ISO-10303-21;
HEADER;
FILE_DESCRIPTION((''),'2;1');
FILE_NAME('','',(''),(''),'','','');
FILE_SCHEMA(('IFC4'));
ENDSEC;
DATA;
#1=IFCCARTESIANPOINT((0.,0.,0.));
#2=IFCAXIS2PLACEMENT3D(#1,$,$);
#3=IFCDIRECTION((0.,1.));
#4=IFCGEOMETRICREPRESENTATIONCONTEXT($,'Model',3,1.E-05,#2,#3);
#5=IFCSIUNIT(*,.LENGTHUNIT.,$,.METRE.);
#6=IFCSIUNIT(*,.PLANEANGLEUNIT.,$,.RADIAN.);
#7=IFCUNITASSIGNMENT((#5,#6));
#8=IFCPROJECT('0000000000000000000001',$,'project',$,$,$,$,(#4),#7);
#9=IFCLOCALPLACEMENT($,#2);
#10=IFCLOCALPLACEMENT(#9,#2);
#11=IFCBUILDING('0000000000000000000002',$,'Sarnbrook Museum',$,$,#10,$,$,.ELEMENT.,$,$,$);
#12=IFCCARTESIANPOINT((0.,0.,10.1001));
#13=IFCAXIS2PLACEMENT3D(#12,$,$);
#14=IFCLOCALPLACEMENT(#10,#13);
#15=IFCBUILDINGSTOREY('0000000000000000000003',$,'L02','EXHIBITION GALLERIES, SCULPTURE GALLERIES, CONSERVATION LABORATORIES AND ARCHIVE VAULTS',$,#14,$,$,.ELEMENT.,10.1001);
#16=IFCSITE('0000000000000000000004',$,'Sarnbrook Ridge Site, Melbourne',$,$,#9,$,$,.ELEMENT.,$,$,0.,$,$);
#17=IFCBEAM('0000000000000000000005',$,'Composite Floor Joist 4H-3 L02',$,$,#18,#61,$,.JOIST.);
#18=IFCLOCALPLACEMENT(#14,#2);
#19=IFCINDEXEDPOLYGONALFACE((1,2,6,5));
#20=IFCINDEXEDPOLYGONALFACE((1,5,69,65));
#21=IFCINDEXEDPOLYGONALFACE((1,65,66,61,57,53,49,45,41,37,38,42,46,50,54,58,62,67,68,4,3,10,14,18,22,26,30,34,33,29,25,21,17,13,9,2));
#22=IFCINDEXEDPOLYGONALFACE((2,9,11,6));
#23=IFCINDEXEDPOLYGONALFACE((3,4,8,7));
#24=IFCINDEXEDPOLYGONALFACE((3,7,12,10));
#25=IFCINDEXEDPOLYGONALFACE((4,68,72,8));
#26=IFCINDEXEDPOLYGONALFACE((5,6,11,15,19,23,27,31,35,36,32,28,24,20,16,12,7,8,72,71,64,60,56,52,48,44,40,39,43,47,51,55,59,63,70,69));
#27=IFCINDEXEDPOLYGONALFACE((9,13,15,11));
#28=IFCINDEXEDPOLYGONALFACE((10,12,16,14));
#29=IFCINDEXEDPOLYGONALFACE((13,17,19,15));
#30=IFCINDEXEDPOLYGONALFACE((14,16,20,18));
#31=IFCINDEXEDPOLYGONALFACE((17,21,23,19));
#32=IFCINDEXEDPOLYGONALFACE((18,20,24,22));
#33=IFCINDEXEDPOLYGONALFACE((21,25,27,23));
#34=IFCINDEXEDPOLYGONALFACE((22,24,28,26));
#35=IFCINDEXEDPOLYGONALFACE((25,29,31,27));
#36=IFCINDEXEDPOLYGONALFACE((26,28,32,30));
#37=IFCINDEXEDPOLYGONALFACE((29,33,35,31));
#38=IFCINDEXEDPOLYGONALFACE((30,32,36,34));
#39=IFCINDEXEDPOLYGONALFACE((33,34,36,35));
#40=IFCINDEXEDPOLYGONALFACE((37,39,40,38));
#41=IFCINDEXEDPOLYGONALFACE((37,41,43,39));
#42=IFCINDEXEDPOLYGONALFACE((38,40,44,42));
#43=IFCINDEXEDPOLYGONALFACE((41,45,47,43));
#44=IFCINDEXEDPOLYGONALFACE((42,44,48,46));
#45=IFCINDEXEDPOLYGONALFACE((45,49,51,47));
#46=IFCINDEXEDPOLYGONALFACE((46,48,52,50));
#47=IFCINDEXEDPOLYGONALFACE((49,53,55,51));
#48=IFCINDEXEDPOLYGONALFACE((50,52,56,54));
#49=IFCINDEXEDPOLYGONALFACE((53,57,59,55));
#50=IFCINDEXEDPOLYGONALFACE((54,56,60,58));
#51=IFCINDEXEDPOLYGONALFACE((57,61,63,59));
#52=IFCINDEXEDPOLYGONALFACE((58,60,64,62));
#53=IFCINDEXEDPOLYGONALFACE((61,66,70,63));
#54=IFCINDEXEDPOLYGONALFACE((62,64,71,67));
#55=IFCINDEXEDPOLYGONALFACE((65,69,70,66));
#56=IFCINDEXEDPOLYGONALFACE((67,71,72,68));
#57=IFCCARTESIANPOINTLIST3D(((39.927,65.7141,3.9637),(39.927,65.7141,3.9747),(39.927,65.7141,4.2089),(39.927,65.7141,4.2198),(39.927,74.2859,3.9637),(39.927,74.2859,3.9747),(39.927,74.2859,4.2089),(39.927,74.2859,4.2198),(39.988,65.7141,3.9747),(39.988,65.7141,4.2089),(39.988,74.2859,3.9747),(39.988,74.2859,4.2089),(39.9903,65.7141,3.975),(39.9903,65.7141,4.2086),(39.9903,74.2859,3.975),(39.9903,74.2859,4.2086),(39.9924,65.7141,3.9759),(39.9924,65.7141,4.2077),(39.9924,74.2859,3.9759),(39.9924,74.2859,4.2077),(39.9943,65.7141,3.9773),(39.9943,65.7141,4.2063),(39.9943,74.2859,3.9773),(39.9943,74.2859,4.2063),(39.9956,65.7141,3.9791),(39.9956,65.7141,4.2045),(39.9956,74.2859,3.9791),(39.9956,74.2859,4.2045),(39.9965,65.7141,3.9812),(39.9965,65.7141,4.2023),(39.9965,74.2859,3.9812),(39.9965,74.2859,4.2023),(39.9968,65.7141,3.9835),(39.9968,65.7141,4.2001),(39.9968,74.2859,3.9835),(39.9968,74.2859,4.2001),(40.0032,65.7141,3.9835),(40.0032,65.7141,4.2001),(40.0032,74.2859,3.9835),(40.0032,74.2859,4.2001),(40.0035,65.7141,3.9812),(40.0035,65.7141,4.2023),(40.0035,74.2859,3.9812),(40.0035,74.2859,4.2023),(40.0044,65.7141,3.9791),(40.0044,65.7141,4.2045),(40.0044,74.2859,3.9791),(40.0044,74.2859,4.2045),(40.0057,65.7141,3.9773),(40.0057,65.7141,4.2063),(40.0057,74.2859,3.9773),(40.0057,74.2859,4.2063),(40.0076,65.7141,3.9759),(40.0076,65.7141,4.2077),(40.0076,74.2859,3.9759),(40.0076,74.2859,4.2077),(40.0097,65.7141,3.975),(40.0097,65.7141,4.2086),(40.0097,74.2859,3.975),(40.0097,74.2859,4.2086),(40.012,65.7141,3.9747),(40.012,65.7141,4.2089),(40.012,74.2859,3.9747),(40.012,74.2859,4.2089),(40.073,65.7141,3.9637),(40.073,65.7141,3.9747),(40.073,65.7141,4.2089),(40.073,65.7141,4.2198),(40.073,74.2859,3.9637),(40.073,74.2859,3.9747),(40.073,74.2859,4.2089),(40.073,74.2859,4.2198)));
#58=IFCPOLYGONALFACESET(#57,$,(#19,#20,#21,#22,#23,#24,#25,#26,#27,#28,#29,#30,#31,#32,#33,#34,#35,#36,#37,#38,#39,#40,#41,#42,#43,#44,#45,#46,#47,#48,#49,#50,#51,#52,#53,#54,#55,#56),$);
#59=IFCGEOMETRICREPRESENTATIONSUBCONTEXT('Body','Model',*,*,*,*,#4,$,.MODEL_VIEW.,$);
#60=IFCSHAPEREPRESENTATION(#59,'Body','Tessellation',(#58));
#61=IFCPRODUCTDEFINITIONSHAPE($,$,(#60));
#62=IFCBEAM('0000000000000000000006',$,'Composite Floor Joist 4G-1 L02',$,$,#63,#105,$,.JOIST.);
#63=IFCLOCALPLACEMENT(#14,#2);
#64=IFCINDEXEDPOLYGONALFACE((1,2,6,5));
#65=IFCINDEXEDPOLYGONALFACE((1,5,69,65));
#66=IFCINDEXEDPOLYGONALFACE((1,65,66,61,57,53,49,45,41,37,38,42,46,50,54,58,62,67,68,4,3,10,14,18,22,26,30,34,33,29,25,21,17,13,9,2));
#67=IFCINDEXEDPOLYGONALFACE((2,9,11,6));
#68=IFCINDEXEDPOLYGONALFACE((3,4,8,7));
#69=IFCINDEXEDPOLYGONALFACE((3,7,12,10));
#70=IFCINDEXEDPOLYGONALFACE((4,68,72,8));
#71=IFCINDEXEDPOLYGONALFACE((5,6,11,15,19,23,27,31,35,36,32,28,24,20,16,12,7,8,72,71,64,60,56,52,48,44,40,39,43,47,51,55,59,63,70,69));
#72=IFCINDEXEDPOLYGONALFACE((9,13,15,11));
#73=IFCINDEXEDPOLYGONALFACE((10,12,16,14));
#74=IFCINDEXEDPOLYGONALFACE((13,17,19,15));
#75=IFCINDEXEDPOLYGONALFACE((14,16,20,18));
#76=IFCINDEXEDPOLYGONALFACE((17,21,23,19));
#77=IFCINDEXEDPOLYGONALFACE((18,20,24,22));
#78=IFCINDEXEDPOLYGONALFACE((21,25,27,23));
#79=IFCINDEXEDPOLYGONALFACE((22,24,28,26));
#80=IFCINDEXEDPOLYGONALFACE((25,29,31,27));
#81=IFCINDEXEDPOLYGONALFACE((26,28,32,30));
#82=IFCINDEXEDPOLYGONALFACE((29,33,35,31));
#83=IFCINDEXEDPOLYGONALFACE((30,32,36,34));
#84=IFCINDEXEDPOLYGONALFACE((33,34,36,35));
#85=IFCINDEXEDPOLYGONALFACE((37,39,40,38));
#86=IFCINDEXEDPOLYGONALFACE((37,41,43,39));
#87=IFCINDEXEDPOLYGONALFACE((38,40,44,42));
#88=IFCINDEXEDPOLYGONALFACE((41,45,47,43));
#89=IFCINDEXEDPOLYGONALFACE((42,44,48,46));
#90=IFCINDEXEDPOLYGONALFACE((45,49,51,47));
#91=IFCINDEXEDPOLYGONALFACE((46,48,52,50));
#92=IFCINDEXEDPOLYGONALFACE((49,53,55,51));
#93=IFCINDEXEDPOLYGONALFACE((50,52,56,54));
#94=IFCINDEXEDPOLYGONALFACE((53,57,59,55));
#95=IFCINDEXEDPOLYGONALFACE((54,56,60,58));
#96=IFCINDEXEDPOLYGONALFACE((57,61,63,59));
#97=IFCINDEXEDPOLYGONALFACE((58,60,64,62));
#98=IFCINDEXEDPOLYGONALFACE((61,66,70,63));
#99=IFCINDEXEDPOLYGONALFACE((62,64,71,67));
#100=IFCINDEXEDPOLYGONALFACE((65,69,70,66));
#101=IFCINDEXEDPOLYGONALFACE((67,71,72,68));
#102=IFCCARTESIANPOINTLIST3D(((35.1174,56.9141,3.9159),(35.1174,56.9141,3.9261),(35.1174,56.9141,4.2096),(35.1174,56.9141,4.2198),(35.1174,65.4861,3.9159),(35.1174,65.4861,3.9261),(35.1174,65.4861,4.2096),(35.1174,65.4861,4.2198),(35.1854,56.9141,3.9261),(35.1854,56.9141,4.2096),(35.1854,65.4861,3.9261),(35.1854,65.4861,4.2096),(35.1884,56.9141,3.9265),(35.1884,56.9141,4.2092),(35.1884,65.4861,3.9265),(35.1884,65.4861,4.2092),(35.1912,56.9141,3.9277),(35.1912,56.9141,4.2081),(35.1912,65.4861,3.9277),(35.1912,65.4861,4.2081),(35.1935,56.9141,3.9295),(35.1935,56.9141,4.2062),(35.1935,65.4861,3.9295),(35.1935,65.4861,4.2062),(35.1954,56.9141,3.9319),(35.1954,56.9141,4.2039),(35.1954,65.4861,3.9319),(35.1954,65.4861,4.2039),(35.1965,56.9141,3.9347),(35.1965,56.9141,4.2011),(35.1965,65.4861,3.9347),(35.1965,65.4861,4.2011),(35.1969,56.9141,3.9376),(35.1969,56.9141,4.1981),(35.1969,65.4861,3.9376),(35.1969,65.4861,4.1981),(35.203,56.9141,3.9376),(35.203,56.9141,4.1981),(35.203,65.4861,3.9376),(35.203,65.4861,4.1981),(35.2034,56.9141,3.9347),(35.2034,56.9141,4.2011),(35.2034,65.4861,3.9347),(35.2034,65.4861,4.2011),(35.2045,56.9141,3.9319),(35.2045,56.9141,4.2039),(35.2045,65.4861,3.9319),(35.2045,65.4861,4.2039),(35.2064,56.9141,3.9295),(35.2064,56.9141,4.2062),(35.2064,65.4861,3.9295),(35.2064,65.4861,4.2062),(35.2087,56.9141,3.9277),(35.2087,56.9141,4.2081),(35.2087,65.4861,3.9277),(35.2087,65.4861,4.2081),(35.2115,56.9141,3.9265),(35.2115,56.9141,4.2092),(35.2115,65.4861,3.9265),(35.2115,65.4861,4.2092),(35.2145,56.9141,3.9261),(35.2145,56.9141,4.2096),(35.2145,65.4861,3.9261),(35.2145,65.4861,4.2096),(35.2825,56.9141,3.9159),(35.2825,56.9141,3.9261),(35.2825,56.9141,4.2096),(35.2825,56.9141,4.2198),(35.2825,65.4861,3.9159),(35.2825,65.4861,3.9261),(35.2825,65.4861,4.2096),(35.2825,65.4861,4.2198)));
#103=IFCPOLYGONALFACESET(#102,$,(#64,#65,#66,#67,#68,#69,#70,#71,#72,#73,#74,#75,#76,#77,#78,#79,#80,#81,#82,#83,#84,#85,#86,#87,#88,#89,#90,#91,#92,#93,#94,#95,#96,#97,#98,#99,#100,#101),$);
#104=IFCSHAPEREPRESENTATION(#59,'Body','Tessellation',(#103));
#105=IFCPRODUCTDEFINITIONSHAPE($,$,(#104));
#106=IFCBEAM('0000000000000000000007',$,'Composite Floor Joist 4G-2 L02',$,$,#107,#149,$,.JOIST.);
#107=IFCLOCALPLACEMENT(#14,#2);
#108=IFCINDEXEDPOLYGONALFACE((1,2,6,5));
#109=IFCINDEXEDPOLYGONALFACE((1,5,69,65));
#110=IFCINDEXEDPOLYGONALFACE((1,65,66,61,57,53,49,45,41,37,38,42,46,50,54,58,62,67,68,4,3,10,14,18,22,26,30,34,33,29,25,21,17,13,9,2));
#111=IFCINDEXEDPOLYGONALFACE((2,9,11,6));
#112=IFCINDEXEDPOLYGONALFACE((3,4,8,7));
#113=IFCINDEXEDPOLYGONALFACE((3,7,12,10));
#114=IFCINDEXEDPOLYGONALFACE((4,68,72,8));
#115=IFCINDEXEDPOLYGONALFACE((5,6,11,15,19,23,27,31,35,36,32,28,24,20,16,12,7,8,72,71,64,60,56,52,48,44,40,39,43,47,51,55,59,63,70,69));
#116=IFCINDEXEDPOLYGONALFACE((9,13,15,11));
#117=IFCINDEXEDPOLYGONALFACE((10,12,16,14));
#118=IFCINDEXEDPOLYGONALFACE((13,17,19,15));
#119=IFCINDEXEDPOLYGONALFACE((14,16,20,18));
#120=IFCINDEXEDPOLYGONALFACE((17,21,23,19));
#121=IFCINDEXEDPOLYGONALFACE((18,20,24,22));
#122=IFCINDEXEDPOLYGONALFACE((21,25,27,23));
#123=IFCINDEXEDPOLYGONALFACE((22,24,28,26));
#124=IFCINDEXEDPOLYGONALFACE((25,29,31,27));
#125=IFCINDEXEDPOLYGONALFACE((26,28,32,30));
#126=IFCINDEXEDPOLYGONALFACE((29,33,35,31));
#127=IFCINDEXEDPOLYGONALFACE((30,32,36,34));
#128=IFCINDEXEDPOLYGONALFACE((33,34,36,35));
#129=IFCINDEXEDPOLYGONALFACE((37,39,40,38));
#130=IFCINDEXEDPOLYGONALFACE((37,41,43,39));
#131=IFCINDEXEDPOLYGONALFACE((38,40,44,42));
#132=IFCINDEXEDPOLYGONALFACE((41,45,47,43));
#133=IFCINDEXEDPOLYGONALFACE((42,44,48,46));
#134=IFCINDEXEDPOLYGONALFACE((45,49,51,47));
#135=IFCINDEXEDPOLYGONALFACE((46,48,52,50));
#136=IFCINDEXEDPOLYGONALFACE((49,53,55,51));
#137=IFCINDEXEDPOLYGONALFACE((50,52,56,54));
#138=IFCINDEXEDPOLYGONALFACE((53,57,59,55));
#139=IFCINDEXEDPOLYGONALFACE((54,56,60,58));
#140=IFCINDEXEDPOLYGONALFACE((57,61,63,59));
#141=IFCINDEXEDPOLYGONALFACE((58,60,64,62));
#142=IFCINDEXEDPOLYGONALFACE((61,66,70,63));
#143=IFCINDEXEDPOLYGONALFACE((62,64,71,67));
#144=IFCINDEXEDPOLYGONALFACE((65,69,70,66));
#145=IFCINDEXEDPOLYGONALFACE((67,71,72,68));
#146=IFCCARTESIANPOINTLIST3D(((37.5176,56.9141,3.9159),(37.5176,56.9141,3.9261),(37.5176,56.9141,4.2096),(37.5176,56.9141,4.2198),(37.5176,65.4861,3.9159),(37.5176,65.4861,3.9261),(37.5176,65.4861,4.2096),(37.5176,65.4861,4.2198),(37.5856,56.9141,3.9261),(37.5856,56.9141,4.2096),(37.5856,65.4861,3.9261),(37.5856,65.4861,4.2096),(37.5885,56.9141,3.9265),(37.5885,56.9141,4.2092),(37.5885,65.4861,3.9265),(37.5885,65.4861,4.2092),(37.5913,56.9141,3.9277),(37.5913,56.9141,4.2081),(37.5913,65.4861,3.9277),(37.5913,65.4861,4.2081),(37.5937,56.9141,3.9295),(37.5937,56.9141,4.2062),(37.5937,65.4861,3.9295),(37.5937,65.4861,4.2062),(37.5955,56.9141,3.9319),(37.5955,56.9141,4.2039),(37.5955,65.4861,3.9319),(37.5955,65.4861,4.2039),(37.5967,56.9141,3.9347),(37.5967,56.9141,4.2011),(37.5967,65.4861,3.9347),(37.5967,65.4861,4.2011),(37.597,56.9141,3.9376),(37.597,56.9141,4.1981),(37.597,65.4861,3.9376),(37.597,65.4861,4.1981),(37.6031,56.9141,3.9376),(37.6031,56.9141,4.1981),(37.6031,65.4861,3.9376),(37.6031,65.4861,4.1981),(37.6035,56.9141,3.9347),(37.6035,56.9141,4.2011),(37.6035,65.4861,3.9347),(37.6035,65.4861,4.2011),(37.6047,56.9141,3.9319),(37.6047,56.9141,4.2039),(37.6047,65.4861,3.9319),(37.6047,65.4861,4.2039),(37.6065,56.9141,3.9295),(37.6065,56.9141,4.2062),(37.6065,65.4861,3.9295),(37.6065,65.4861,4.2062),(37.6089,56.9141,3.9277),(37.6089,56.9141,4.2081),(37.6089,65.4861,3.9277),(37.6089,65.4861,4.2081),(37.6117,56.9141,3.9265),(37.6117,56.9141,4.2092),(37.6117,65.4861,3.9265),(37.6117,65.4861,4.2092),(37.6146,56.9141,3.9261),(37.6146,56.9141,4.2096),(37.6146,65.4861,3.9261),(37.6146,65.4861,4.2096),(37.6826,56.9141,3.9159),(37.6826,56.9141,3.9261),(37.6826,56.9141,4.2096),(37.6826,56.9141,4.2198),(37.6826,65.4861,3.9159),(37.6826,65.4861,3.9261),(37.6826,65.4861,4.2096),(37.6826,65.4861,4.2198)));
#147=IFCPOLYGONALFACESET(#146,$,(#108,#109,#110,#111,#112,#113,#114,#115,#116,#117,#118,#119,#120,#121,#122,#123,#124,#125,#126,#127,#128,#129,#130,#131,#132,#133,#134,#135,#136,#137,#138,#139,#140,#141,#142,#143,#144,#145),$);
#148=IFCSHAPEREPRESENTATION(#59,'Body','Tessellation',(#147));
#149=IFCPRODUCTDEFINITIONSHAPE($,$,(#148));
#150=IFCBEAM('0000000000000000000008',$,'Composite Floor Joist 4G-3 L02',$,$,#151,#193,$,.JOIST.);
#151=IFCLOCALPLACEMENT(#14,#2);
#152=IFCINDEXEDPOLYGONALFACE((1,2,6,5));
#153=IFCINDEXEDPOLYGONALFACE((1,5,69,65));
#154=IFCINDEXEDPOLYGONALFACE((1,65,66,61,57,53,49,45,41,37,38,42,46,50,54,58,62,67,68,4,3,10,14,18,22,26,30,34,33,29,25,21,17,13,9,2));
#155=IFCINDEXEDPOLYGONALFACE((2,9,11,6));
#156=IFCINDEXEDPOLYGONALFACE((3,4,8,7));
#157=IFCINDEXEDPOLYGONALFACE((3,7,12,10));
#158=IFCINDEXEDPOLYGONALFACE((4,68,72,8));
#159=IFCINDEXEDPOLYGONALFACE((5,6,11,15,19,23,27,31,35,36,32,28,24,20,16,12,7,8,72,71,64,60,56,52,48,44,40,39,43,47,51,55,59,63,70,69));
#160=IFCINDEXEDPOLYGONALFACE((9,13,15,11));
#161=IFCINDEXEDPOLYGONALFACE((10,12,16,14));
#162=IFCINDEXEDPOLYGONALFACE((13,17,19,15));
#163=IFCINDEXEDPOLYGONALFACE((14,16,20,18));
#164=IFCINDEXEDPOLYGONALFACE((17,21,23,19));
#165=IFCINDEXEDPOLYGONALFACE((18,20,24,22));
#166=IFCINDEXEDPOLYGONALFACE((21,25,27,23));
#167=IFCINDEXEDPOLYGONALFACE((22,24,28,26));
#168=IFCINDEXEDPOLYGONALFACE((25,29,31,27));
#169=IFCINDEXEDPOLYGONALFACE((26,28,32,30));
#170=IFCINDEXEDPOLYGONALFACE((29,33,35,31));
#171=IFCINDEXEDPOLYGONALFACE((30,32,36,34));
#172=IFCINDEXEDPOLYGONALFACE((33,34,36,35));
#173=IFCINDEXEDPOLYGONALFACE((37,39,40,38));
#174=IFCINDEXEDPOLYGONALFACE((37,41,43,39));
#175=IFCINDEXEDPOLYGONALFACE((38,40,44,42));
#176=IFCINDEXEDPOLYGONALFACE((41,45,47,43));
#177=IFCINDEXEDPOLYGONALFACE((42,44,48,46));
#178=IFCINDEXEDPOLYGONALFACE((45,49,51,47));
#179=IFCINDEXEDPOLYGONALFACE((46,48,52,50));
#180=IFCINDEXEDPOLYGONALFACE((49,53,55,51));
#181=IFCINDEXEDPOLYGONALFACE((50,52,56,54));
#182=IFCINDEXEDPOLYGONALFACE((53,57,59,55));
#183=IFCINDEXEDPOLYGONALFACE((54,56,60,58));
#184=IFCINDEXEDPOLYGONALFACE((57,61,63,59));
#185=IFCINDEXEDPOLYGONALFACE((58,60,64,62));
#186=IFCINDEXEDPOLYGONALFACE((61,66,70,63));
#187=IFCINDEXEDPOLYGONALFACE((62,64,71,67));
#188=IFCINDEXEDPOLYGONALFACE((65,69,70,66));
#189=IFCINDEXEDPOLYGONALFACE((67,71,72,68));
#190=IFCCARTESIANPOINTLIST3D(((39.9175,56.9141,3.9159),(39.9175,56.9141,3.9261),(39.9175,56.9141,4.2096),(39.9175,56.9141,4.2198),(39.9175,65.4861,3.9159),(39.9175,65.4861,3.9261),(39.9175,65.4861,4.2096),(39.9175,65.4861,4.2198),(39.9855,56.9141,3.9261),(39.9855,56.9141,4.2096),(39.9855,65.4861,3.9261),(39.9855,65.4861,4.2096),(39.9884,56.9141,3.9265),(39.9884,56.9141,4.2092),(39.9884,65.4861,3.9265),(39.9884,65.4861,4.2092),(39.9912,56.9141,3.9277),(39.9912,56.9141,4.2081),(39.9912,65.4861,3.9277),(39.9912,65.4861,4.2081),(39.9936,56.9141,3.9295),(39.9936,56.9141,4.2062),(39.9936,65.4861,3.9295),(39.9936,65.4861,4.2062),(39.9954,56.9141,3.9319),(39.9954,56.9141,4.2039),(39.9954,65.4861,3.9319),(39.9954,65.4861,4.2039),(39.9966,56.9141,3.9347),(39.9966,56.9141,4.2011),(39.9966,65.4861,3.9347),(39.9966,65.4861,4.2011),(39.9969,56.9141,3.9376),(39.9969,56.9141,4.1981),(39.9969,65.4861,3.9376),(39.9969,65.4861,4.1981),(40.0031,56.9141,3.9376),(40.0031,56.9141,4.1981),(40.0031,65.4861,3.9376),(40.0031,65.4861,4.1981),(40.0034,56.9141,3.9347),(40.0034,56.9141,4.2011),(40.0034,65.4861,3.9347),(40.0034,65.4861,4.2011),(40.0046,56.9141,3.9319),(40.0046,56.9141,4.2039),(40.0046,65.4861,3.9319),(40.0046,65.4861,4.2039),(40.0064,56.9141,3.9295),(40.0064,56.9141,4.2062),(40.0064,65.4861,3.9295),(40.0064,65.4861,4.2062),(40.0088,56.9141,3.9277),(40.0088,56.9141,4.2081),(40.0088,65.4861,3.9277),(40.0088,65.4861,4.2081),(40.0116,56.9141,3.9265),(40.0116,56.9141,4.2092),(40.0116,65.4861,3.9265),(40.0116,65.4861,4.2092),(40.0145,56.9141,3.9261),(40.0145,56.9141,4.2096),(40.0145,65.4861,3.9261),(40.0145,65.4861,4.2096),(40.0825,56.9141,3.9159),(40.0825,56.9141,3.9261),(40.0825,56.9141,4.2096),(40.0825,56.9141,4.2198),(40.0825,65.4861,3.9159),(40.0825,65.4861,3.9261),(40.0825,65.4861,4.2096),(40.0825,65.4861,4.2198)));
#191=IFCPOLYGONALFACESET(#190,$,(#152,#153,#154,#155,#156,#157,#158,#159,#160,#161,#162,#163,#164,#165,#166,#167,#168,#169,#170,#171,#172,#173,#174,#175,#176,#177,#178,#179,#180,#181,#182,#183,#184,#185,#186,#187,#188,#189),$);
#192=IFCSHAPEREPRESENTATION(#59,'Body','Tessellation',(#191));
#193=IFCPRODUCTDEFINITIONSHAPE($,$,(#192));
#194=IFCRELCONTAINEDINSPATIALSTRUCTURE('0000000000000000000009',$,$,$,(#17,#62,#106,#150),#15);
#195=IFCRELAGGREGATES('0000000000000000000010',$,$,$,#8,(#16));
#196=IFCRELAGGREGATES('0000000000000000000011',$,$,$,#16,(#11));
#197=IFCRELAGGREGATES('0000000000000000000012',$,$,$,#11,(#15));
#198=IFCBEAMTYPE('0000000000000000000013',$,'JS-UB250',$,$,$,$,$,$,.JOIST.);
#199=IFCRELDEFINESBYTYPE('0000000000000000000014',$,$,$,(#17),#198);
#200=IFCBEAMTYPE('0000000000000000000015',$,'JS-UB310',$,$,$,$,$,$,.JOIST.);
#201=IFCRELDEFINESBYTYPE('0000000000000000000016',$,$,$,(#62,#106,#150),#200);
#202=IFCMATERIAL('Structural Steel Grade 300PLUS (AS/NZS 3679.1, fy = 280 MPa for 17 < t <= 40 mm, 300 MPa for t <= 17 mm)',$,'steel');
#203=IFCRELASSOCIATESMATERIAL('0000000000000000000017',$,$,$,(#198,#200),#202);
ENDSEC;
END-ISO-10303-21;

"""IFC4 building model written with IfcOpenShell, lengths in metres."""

from ifc_helpers import new_model, si_unit, direction, frame, origin, origin_2d, place, context, subcontext, project, spatial, i_section, extrude, material, material_profile, profile_set, type_object, element, save


model = new_model("IFC4")

# Units and contexts
model_context = context("Model", 3, precision=1e-05, world=origin(), true_north=direction((0.0, 1.0)))
body_context = subcontext(model_context, "Body", "Model", "MODEL_VIEW")
ifc_project = project(units=[si_unit("LENGTHUNIT", "METRE"), si_unit("PLANEANGLEUNIT", "RADIAN")], contexts=[model_context])

# Site, building, storey
site_placement = place(None, origin())
site = spatial("IfcSite", under=ifc_project, at=site_placement, Name="Sarnbrook Ridge Site, Melbourne", CompositionType="ELEMENT", RefElevation=0.0)
building_placement = place(site_placement, origin())
building = spatial("IfcBuilding", under=site, at=building_placement, Name="Sarnbrook Museum", CompositionType="ELEMENT")
storey_placement = place(building_placement, frame((0.0, 0.0, 10.1001)))
storey = spatial("IfcBuildingStorey", under=building, at=storey_placement, Name="L02", Description="EXHIBITION GALLERIES, SCULPTURE GALLERIES, CONSERVATION LABORATORIES AND ARCHIVE VAULTS", CompositionType="ELEMENT", Elevation=10.1001)

# Shared definitions
ifc_material_1 = material(Name="Structural Steel Grade 300PLUS (AS/NZS 3679.1, fy = 280 MPa for 17 < t <= 40 mm, 300 MPa for t <= 17 mm)", Category="steel")

# Beams
ifc_material_profile_1 = material_profile(ifc_material_1, i_section(OverallWidth=0.146, OverallDepth=0.2561, WebThickness=0.0063, FlangeThickness=0.011, FilletRadius=0.0088, at=origin_2d()), Name="250UB37.3")
ifc_profile_set_1 = profile_set([ifc_material_profile_1], Name="Structural Steel Grade 300PLUS (AS/NZS 3679.1, fy = 280 MPa for 17 < t <= 40 mm, 300 MPa for t <= 17 mm)")
beam_type_1 = type_object("IfcBeamType", Name="JS-UB250", PredefinedType="JOIST", material=ifc_profile_set_1)
for number, where, z_axis, x_axis, name in (
    (1, (40.0, 65.7141, 4.0918), (0.0, 1.0, 0.0), (-1.0, 0.0, 0.0), "Composite Floor Joist 4H-3 L02"),
):
    element("IfcBeam", number, at=place(storey_placement, frame(where, z_axis=z_axis, x_axis=x_axis)), inside=storey, type_object=beam_type_1, Name=name, PredefinedType="JOIST", context=body_context, shape_type="SweptSolid", body=[
        extrude(i_section(OverallWidth=0.146, OverallDepth=0.2561, WebThickness=0.0063, FlangeThickness=0.011, FilletRadius=0.0088, at=origin_2d()), origin(), (0.0, 0.0, 1.0), 8.5718),
    ])
ifc_material_profile_2 = material_profile(ifc_material_1, i_section(OverallWidth=0.165, OverallDepth=0.304, WebThickness=0.0061, FlangeThickness=0.0103, FilletRadius=0.0115, at=origin_2d()), Name="310UB40.4")
ifc_profile_set_2 = profile_set([ifc_material_profile_2], Name="Structural Steel Grade 300PLUS (AS/NZS 3679.1, fy = 280 MPa for 17 < t <= 40 mm, 300 MPa for t <= 17 mm)")
beam_type_2 = type_object("IfcBeamType", Name="JS-UB310", PredefinedType="JOIST", material=ifc_profile_set_2)
for number, where, z_axis, x_axis, name in (
    (2, (35.2, 56.9141, 4.0679), (0.0, 1.0, 0.0), (-1.0, 0.0, 0.0), "Composite Floor Joist 4G-1 L02"),
    (3, (37.6001, 56.9141, 4.0679), (0.0, 1.0, 0.0), (-1.0, 0.0, 0.0), "Composite Floor Joist 4G-2 L02"),
    (4, (40.0, 56.9141, 4.0679), (0.0, 1.0, 0.0), (-1.0, 0.0, 0.0), "Composite Floor Joist 4G-3 L02"),
):
    element("IfcBeam", number, at=place(storey_placement, frame(where, z_axis=z_axis, x_axis=x_axis)), inside=storey, type_object=beam_type_2, Name=name, PredefinedType="JOIST", context=body_context, shape_type="SweptSolid", body=[
        extrude(i_section(OverallWidth=0.165, OverallDepth=0.304, WebThickness=0.0061, FlangeThickness=0.0103, FilletRadius=0.0115, at=origin_2d()), origin(), (0.0, 0.0, 1.0), 8.572),
    ])

save(model, "model.ifc")
